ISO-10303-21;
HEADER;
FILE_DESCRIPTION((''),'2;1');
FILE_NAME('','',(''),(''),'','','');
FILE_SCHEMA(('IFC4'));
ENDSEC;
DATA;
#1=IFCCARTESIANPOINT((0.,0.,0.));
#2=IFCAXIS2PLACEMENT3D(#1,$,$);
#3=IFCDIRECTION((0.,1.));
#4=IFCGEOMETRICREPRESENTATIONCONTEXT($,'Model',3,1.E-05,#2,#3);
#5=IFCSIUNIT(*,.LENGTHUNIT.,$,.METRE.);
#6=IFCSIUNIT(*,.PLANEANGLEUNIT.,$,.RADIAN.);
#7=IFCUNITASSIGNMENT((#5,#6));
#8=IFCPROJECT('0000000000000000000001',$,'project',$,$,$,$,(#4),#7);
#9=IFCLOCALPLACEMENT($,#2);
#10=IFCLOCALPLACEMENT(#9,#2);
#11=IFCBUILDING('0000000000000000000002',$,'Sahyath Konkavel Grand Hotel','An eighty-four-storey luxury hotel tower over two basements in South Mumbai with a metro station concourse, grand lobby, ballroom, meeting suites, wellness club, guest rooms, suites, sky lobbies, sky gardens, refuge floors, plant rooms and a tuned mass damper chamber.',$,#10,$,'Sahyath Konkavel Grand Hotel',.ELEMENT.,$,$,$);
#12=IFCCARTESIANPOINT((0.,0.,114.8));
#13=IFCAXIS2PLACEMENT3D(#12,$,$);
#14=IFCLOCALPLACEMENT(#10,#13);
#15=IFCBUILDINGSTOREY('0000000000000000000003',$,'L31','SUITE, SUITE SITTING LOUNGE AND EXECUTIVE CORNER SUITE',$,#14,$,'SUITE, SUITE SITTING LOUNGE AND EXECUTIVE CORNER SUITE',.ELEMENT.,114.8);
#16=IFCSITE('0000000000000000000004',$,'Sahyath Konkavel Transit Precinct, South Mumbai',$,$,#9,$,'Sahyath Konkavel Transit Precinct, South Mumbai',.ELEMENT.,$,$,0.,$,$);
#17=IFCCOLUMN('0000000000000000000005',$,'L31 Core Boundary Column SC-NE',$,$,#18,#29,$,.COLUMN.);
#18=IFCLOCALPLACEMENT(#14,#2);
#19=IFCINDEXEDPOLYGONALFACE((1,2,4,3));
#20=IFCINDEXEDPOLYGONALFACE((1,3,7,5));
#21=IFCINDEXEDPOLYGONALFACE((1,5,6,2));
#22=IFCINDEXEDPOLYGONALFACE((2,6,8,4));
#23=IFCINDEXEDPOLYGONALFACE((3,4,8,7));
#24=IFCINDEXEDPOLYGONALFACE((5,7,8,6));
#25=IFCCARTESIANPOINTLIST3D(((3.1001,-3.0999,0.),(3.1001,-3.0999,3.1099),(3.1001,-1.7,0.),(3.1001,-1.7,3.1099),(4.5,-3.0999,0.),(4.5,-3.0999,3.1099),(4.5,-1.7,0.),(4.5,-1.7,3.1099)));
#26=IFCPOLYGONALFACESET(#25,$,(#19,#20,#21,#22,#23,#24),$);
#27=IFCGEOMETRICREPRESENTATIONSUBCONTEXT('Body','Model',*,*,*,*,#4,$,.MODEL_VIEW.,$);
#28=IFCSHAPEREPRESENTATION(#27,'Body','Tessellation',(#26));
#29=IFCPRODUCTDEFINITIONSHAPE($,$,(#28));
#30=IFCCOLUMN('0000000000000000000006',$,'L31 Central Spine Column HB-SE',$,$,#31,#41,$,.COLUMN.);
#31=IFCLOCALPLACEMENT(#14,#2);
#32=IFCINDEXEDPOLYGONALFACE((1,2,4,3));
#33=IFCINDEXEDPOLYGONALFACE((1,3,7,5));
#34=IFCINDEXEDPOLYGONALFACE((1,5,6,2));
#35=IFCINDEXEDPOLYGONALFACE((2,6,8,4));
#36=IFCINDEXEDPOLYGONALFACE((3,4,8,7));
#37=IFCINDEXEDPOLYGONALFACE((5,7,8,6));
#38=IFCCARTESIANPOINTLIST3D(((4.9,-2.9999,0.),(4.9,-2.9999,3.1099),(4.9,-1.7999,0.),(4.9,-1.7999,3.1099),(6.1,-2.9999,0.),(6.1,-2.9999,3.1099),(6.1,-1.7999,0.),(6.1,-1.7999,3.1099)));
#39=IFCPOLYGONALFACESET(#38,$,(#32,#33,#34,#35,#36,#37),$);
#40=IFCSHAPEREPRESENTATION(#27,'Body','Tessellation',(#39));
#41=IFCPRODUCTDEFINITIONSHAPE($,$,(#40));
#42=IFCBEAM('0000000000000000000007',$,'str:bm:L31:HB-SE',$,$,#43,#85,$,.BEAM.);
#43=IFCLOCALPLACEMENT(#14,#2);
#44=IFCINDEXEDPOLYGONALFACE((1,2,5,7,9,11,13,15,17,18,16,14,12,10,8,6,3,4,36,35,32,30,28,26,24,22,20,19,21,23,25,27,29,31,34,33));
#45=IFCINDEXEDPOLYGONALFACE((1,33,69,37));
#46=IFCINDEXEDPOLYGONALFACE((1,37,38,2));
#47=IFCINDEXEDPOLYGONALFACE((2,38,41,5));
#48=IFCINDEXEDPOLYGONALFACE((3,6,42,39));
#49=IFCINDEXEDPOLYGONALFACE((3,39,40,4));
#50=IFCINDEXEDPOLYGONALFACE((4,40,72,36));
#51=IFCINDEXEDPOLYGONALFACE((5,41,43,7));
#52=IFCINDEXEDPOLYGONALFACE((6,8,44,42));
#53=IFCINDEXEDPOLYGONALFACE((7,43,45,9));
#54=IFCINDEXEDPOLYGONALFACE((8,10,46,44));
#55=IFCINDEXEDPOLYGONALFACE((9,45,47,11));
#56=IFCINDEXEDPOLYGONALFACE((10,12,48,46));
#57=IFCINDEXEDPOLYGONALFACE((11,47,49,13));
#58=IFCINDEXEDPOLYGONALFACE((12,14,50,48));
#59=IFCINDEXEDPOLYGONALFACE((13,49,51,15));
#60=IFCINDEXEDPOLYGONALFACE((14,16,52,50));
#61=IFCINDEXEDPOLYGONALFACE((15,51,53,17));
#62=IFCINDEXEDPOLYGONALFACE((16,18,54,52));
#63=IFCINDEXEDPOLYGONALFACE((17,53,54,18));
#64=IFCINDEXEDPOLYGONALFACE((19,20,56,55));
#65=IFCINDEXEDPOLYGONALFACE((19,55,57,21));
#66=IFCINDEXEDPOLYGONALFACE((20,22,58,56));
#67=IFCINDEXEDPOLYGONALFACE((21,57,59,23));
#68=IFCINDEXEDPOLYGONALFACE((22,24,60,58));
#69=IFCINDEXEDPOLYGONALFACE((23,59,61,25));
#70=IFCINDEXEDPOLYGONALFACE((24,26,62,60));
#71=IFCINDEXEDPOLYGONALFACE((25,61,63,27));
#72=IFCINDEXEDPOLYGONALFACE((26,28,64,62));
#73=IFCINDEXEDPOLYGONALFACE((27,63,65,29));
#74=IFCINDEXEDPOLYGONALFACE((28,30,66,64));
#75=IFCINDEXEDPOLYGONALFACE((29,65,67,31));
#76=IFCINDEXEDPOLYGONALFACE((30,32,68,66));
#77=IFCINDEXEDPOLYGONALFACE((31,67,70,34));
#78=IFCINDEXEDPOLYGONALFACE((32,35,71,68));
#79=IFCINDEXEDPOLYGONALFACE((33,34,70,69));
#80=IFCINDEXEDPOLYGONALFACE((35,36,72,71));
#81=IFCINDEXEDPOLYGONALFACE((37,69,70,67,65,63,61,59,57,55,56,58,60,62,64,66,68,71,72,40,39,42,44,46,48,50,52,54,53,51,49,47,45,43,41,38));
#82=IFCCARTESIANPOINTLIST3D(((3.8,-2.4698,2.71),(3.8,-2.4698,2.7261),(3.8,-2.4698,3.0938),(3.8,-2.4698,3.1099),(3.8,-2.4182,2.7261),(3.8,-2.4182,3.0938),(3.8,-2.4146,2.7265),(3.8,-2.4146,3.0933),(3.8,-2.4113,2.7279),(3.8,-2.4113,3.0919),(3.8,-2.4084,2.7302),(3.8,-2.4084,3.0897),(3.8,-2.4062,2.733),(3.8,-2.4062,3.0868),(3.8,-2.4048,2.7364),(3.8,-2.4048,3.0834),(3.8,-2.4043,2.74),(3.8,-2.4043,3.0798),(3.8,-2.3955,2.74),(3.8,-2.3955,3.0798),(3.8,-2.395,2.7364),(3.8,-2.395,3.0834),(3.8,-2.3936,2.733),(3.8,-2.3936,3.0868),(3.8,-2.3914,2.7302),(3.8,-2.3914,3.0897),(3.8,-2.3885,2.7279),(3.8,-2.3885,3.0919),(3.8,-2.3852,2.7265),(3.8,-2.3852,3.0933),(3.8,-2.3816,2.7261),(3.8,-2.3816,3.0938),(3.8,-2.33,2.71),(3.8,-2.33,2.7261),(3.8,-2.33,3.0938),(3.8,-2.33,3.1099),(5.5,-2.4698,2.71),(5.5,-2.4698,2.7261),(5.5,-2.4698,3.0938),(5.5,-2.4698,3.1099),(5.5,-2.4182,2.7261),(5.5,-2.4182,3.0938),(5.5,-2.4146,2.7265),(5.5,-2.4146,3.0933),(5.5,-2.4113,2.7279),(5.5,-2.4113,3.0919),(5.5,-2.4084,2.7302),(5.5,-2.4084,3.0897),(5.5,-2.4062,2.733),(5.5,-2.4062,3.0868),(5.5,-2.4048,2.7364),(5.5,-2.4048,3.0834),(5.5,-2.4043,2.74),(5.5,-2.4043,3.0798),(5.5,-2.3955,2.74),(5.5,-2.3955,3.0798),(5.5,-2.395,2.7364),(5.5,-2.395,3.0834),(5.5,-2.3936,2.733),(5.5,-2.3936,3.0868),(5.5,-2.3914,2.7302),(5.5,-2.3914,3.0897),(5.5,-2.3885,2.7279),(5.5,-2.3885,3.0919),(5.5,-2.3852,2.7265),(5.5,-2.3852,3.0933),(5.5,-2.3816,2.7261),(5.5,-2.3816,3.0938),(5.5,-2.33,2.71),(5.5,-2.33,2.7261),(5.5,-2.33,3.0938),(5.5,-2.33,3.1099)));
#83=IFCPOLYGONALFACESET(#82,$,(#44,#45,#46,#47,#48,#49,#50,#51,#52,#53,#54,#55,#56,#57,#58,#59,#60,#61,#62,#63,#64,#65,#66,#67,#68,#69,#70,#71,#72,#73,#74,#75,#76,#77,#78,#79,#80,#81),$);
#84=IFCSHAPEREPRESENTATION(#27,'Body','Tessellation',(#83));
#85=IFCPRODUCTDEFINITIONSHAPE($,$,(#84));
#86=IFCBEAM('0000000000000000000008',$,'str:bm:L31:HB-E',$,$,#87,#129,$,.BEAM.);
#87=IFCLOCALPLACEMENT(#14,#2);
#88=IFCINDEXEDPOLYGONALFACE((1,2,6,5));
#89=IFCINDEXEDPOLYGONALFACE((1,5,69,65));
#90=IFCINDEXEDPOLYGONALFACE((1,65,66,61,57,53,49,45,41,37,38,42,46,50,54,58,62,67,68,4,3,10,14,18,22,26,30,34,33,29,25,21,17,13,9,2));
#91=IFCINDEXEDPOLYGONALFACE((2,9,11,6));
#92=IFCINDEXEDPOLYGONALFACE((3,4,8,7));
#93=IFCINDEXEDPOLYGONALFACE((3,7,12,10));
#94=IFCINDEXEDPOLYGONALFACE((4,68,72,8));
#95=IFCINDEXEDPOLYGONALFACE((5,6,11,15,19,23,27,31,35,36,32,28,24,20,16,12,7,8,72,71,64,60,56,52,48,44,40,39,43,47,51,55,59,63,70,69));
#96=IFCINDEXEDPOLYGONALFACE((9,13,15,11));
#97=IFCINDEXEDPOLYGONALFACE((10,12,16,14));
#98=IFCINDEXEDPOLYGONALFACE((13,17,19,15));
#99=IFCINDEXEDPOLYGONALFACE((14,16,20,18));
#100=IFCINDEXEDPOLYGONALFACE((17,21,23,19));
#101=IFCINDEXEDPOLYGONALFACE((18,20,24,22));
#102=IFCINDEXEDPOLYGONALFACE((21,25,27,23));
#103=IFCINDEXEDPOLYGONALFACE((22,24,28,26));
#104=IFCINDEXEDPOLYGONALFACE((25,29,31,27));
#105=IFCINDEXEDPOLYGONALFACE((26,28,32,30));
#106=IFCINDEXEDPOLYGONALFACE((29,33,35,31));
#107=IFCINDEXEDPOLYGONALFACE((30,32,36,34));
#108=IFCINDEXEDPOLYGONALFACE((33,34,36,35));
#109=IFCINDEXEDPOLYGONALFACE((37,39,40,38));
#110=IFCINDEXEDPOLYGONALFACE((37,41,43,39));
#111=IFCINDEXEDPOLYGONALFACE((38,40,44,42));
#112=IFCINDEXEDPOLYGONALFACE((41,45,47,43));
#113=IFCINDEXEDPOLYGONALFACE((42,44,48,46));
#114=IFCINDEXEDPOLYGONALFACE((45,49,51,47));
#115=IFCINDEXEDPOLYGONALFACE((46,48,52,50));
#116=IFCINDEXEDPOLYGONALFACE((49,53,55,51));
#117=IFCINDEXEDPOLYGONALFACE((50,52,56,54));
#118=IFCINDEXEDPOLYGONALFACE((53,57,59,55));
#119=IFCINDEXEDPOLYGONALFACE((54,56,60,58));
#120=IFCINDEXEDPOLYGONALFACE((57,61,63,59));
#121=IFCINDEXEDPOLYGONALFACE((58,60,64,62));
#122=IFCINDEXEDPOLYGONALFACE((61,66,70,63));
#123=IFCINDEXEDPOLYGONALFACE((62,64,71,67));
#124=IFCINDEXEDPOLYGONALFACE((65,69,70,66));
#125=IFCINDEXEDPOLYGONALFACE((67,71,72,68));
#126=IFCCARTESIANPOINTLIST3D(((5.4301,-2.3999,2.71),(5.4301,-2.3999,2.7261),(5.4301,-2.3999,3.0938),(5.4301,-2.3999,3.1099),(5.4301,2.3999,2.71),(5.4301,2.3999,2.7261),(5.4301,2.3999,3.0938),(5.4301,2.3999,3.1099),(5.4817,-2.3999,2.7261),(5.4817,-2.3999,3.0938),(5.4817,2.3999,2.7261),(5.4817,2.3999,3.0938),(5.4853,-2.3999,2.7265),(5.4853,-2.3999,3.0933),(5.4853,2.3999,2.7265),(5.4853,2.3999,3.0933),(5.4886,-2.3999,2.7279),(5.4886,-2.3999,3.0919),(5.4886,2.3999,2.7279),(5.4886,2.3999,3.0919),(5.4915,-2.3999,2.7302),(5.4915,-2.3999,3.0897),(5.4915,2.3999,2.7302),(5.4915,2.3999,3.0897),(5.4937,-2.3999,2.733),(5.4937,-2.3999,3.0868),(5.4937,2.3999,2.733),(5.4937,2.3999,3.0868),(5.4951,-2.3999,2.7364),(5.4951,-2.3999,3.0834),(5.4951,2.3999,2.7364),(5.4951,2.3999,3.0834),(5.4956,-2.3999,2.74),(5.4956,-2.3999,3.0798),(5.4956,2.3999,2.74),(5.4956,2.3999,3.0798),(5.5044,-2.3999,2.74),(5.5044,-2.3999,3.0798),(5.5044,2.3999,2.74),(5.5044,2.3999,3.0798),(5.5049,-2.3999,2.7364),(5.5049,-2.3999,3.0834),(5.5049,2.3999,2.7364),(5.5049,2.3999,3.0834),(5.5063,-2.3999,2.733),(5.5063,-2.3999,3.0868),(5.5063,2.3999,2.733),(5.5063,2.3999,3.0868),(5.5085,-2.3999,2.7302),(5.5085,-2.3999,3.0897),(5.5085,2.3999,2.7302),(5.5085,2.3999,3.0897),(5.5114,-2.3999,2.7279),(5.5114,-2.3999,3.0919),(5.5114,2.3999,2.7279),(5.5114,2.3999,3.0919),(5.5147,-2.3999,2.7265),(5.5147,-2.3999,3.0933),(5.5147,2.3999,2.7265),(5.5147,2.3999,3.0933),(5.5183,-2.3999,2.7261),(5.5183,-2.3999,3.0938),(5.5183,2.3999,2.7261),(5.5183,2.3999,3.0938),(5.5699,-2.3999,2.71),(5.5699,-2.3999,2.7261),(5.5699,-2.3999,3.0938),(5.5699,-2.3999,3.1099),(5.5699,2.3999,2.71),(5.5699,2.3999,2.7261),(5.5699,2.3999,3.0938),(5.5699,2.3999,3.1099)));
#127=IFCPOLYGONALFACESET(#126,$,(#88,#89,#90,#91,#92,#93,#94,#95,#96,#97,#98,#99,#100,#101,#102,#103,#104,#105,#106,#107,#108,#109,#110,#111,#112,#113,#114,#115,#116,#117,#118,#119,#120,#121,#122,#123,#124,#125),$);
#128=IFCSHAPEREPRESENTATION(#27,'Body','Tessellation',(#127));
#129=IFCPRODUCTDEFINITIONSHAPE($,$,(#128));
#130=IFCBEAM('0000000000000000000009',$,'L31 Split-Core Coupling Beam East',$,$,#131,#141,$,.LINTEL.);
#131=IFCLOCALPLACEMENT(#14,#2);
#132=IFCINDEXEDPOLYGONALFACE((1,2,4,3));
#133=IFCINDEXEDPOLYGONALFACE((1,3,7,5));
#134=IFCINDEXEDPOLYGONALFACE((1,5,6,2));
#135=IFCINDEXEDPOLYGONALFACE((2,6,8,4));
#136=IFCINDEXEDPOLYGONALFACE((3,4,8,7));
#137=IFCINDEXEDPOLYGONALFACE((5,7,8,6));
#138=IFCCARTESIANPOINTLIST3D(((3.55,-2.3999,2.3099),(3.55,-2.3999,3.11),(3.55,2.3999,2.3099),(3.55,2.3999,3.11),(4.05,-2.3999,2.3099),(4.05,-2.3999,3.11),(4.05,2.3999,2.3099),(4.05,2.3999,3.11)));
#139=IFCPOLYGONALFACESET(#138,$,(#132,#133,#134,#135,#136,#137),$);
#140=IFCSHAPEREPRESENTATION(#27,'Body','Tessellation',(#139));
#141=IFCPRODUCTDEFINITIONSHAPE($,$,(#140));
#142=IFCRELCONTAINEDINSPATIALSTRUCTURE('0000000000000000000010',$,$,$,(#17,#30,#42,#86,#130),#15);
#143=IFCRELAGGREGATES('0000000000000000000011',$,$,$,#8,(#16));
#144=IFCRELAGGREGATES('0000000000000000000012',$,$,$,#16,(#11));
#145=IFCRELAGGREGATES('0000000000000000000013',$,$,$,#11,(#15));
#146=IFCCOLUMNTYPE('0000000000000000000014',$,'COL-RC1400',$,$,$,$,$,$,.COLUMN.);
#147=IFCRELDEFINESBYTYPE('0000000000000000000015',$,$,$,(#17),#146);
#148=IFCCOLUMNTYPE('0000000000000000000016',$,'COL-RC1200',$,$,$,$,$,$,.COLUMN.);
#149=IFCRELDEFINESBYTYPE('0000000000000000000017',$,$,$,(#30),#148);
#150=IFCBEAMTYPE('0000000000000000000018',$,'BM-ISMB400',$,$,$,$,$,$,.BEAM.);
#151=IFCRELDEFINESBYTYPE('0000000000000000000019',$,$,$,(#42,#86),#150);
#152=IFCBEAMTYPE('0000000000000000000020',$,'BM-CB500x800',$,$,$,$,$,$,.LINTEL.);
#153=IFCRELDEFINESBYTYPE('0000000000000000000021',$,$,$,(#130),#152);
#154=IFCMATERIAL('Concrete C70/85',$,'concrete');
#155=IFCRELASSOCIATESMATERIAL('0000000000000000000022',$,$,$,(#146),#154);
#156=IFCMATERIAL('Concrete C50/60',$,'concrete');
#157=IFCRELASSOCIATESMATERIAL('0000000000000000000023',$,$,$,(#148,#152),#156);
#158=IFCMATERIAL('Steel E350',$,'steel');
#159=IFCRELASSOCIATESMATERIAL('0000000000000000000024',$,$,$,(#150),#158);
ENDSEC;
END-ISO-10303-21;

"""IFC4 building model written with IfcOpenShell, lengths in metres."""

from ifc_helpers import new_model, si_unit, direction, frame, origin, origin_2d, place, context, subcontext, project, spatial, rectangle, i_section, extrude, source, transform, mapped, material, material_profile, profile_set, type_object, element, save


model = new_model("IFC4")

# Units and contexts
model_context = context("Model", 3, precision=1e-05, world=origin(), true_north=direction((0.0, 1.0)))
body_context = subcontext(model_context, "Body", "Model", "MODEL_VIEW")
ifc_project = project(units=[si_unit("LENGTHUNIT", "METRE"), si_unit("PLANEANGLEUNIT", "RADIAN")], contexts=[model_context])

# Site, building, storey
site_placement = place(None, origin())
site = spatial("IfcSite", under=ifc_project, at=site_placement, Name="Sahyath Konkavel Transit Precinct, South Mumbai", LongName="Sahyath Konkavel Transit Precinct, South Mumbai", CompositionType="ELEMENT", RefElevation=0.0)
building_placement = place(site_placement, origin())
building = spatial("IfcBuilding", under=site, at=building_placement, Name="Sahyath Konkavel Grand Hotel", Description="An eighty-four-storey luxury hotel tower over two basements in South Mumbai with a metro station concourse, grand lobby, ballroom, meeting suites, wellness club, guest rooms, suites, sky lobbies, sky gardens, refuge floors, plant rooms and a tuned mass damper chamber.", LongName="Sahyath Konkavel Grand Hotel", CompositionType="ELEMENT")
storey_placement = place(building_placement, frame((0.0, 0.0, 114.8)))
storey = spatial("IfcBuildingStorey", under=building, at=storey_placement, Name="L31", Description="SUITE, SUITE SITTING LOUNGE AND EXECUTIVE CORNER SUITE", LongName="SUITE, SUITE SITTING LOUNGE AND EXECUTIVE CORNER SUITE", CompositionType="ELEMENT", Elevation=114.8)

# Columns
ifc_material_1 = material(Name="Concrete C70/85", Category="concrete")
ifc_material_profile_1 = material_profile(ifc_material_1, rectangle(XDim=1.3999, YDim=1.3999, at=origin_2d()), Name="RC 1400x1400")
ifc_profile_set_1 = profile_set([ifc_material_profile_1], Name="Concrete C70/85")
column_type_1 = type_object("IfcColumnType", Name="COL-RC1400", PredefinedType="COLUMN", material=ifc_profile_set_1)
shared_shape_1 = source(origin(), body_context, "Body", "SweptSolid", [
    extrude(rectangle(XDim=1.3999, YDim=1.3999, at=origin_2d()), origin(), (0.0, 0.0, 1.0), 3.1099),
])
column_1_placement = place(storey_placement, frame((3.8, -2.3999, 0.0), z_axis=(0.0, 0.0, 1.0), x_axis=(1.0, 0.0, 0.0)))
element("IfcColumn", 1, at=column_1_placement, inside=storey, type_object=column_type_1, Name="L31 Core Boundary Column SC-NE", PredefinedType="COLUMN", context=body_context, shape_type="MappedRepresentation", body=[
    mapped(shared_shape_1, transform((0.0, 0.0, 0.0), scale=1.0)),
])
ifc_material_2 = material(Name="Concrete C50/60", Category="concrete")
ifc_material_profile_2 = material_profile(ifc_material_2, rectangle(XDim=1.2, YDim=1.2, at=origin_2d()), Name="RC 1200x1200")
ifc_profile_set_2 = profile_set([ifc_material_profile_2], Name="Concrete C50/60")
column_type_2 = type_object("IfcColumnType", Name="COL-RC1200", PredefinedType="COLUMN", material=ifc_profile_set_2)
shared_shape_2 = source(origin(), body_context, "Body", "SweptSolid", [
    extrude(rectangle(XDim=1.2, YDim=1.2, at=origin_2d()), origin(), (0.0, 0.0, 1.0), 3.1099),
])
column_2_placement = place(storey_placement, frame((5.5, -2.3999, 0.0), z_axis=(0.0, 0.0, 1.0), x_axis=(1.0, 0.0, 0.0)))
element("IfcColumn", 2, at=column_2_placement, inside=storey, type_object=column_type_2, Name="L31 Central Spine Column HB-SE", PredefinedType="COLUMN", context=body_context, shape_type="MappedRepresentation", body=[
    mapped(shared_shape_2, transform((0.0, 0.0, 0.0), scale=1.0)),
])

# Beams
ifc_material_3 = material(Name="Steel E350", Category="steel")
ifc_material_profile_3 = material_profile(ifc_material_3, i_section(OverallWidth=0.1399, OverallDepth=0.3999, WebThickness=0.0088, FlangeThickness=0.0161, FilletRadius=0.0139, at=origin_2d()), Name="ISMB 400")
ifc_profile_set_3 = profile_set([ifc_material_profile_3], Name="Steel E350")
beam_type_1 = type_object("IfcBeamType", Name="BM-ISMB400", PredefinedType="BEAM", material=ifc_profile_set_3)
shared_shape_3 = source(origin(), body_context, "Body", "SweptSolid", [
    extrude(i_section(OverallWidth=0.1399, OverallDepth=0.3999, WebThickness=0.0088, FlangeThickness=0.0161, FilletRadius=0.0139, at=origin_2d()), origin(), (0.0, 0.0, 1.0), 1.7),
])
beam_1_placement = place(storey_placement, frame((3.8, -2.3999, 2.9099), z_axis=(1.0, 0.0, 0.0), x_axis=(0.0, 1.0, 0.0)))
element("IfcBeam", 3, at=beam_1_placement, inside=storey, type_object=beam_type_1, Name="str:bm:L31:HB-SE", PredefinedType="BEAM", context=body_context, shape_type="MappedRepresentation", body=[
    mapped(shared_shape_3, transform((0.0, 0.0, 0.0), scale=1.0)),
])
shared_shape_4 = source(origin(), body_context, "Body", "SweptSolid", [
    extrude(i_section(OverallWidth=0.1399, OverallDepth=0.3999, WebThickness=0.0088, FlangeThickness=0.0161, FilletRadius=0.0139, at=origin_2d()), origin(), (0.0, 0.0, 1.0), 4.7998),
])
beam_2_placement = place(storey_placement, frame((5.5, -2.3999, 2.9099), z_axis=(0.0, 1.0, 0.0), x_axis=(-1.0, 0.0, 0.0)))
element("IfcBeam", 4, at=beam_2_placement, inside=storey, type_object=beam_type_1, Name="str:bm:L31:HB-E", PredefinedType="BEAM", context=body_context, shape_type="MappedRepresentation", body=[
    mapped(shared_shape_4, transform((0.0, 0.0, 0.0), scale=1.0)),
])
ifc_material_profile_4 = material_profile(ifc_material_2, rectangle(XDim=0.5, YDim=0.8, at=origin_2d()), Name="RC 500x800")
ifc_profile_set_4 = profile_set([ifc_material_profile_4], Name="Concrete C50/60")
beam_type_2 = type_object("IfcBeamType", Name="BM-CB500x800", PredefinedType="LINTEL", material=ifc_profile_set_4)
shared_shape_5 = source(origin(), body_context, "Body", "SweptSolid", [
    extrude(rectangle(XDim=0.5, YDim=0.8, at=origin_2d()), origin(), (0.0, 0.0, 1.0), 4.7998),
])
beam_3_placement = place(storey_placement, frame((3.8, -2.3999, 2.71), z_axis=(0.0, 1.0, 0.0), x_axis=(-1.0, 0.0, 0.0)))
element("IfcBeam", 5, at=beam_3_placement, inside=storey, type_object=beam_type_2, Name="L31 Split-Core Coupling Beam East", PredefinedType="LINTEL", context=body_context, shape_type="MappedRepresentation", body=[
    mapped(shared_shape_5, transform((0.0, 0.0, 0.0), scale=1.0)),
])

save(model, "model.ifc")
